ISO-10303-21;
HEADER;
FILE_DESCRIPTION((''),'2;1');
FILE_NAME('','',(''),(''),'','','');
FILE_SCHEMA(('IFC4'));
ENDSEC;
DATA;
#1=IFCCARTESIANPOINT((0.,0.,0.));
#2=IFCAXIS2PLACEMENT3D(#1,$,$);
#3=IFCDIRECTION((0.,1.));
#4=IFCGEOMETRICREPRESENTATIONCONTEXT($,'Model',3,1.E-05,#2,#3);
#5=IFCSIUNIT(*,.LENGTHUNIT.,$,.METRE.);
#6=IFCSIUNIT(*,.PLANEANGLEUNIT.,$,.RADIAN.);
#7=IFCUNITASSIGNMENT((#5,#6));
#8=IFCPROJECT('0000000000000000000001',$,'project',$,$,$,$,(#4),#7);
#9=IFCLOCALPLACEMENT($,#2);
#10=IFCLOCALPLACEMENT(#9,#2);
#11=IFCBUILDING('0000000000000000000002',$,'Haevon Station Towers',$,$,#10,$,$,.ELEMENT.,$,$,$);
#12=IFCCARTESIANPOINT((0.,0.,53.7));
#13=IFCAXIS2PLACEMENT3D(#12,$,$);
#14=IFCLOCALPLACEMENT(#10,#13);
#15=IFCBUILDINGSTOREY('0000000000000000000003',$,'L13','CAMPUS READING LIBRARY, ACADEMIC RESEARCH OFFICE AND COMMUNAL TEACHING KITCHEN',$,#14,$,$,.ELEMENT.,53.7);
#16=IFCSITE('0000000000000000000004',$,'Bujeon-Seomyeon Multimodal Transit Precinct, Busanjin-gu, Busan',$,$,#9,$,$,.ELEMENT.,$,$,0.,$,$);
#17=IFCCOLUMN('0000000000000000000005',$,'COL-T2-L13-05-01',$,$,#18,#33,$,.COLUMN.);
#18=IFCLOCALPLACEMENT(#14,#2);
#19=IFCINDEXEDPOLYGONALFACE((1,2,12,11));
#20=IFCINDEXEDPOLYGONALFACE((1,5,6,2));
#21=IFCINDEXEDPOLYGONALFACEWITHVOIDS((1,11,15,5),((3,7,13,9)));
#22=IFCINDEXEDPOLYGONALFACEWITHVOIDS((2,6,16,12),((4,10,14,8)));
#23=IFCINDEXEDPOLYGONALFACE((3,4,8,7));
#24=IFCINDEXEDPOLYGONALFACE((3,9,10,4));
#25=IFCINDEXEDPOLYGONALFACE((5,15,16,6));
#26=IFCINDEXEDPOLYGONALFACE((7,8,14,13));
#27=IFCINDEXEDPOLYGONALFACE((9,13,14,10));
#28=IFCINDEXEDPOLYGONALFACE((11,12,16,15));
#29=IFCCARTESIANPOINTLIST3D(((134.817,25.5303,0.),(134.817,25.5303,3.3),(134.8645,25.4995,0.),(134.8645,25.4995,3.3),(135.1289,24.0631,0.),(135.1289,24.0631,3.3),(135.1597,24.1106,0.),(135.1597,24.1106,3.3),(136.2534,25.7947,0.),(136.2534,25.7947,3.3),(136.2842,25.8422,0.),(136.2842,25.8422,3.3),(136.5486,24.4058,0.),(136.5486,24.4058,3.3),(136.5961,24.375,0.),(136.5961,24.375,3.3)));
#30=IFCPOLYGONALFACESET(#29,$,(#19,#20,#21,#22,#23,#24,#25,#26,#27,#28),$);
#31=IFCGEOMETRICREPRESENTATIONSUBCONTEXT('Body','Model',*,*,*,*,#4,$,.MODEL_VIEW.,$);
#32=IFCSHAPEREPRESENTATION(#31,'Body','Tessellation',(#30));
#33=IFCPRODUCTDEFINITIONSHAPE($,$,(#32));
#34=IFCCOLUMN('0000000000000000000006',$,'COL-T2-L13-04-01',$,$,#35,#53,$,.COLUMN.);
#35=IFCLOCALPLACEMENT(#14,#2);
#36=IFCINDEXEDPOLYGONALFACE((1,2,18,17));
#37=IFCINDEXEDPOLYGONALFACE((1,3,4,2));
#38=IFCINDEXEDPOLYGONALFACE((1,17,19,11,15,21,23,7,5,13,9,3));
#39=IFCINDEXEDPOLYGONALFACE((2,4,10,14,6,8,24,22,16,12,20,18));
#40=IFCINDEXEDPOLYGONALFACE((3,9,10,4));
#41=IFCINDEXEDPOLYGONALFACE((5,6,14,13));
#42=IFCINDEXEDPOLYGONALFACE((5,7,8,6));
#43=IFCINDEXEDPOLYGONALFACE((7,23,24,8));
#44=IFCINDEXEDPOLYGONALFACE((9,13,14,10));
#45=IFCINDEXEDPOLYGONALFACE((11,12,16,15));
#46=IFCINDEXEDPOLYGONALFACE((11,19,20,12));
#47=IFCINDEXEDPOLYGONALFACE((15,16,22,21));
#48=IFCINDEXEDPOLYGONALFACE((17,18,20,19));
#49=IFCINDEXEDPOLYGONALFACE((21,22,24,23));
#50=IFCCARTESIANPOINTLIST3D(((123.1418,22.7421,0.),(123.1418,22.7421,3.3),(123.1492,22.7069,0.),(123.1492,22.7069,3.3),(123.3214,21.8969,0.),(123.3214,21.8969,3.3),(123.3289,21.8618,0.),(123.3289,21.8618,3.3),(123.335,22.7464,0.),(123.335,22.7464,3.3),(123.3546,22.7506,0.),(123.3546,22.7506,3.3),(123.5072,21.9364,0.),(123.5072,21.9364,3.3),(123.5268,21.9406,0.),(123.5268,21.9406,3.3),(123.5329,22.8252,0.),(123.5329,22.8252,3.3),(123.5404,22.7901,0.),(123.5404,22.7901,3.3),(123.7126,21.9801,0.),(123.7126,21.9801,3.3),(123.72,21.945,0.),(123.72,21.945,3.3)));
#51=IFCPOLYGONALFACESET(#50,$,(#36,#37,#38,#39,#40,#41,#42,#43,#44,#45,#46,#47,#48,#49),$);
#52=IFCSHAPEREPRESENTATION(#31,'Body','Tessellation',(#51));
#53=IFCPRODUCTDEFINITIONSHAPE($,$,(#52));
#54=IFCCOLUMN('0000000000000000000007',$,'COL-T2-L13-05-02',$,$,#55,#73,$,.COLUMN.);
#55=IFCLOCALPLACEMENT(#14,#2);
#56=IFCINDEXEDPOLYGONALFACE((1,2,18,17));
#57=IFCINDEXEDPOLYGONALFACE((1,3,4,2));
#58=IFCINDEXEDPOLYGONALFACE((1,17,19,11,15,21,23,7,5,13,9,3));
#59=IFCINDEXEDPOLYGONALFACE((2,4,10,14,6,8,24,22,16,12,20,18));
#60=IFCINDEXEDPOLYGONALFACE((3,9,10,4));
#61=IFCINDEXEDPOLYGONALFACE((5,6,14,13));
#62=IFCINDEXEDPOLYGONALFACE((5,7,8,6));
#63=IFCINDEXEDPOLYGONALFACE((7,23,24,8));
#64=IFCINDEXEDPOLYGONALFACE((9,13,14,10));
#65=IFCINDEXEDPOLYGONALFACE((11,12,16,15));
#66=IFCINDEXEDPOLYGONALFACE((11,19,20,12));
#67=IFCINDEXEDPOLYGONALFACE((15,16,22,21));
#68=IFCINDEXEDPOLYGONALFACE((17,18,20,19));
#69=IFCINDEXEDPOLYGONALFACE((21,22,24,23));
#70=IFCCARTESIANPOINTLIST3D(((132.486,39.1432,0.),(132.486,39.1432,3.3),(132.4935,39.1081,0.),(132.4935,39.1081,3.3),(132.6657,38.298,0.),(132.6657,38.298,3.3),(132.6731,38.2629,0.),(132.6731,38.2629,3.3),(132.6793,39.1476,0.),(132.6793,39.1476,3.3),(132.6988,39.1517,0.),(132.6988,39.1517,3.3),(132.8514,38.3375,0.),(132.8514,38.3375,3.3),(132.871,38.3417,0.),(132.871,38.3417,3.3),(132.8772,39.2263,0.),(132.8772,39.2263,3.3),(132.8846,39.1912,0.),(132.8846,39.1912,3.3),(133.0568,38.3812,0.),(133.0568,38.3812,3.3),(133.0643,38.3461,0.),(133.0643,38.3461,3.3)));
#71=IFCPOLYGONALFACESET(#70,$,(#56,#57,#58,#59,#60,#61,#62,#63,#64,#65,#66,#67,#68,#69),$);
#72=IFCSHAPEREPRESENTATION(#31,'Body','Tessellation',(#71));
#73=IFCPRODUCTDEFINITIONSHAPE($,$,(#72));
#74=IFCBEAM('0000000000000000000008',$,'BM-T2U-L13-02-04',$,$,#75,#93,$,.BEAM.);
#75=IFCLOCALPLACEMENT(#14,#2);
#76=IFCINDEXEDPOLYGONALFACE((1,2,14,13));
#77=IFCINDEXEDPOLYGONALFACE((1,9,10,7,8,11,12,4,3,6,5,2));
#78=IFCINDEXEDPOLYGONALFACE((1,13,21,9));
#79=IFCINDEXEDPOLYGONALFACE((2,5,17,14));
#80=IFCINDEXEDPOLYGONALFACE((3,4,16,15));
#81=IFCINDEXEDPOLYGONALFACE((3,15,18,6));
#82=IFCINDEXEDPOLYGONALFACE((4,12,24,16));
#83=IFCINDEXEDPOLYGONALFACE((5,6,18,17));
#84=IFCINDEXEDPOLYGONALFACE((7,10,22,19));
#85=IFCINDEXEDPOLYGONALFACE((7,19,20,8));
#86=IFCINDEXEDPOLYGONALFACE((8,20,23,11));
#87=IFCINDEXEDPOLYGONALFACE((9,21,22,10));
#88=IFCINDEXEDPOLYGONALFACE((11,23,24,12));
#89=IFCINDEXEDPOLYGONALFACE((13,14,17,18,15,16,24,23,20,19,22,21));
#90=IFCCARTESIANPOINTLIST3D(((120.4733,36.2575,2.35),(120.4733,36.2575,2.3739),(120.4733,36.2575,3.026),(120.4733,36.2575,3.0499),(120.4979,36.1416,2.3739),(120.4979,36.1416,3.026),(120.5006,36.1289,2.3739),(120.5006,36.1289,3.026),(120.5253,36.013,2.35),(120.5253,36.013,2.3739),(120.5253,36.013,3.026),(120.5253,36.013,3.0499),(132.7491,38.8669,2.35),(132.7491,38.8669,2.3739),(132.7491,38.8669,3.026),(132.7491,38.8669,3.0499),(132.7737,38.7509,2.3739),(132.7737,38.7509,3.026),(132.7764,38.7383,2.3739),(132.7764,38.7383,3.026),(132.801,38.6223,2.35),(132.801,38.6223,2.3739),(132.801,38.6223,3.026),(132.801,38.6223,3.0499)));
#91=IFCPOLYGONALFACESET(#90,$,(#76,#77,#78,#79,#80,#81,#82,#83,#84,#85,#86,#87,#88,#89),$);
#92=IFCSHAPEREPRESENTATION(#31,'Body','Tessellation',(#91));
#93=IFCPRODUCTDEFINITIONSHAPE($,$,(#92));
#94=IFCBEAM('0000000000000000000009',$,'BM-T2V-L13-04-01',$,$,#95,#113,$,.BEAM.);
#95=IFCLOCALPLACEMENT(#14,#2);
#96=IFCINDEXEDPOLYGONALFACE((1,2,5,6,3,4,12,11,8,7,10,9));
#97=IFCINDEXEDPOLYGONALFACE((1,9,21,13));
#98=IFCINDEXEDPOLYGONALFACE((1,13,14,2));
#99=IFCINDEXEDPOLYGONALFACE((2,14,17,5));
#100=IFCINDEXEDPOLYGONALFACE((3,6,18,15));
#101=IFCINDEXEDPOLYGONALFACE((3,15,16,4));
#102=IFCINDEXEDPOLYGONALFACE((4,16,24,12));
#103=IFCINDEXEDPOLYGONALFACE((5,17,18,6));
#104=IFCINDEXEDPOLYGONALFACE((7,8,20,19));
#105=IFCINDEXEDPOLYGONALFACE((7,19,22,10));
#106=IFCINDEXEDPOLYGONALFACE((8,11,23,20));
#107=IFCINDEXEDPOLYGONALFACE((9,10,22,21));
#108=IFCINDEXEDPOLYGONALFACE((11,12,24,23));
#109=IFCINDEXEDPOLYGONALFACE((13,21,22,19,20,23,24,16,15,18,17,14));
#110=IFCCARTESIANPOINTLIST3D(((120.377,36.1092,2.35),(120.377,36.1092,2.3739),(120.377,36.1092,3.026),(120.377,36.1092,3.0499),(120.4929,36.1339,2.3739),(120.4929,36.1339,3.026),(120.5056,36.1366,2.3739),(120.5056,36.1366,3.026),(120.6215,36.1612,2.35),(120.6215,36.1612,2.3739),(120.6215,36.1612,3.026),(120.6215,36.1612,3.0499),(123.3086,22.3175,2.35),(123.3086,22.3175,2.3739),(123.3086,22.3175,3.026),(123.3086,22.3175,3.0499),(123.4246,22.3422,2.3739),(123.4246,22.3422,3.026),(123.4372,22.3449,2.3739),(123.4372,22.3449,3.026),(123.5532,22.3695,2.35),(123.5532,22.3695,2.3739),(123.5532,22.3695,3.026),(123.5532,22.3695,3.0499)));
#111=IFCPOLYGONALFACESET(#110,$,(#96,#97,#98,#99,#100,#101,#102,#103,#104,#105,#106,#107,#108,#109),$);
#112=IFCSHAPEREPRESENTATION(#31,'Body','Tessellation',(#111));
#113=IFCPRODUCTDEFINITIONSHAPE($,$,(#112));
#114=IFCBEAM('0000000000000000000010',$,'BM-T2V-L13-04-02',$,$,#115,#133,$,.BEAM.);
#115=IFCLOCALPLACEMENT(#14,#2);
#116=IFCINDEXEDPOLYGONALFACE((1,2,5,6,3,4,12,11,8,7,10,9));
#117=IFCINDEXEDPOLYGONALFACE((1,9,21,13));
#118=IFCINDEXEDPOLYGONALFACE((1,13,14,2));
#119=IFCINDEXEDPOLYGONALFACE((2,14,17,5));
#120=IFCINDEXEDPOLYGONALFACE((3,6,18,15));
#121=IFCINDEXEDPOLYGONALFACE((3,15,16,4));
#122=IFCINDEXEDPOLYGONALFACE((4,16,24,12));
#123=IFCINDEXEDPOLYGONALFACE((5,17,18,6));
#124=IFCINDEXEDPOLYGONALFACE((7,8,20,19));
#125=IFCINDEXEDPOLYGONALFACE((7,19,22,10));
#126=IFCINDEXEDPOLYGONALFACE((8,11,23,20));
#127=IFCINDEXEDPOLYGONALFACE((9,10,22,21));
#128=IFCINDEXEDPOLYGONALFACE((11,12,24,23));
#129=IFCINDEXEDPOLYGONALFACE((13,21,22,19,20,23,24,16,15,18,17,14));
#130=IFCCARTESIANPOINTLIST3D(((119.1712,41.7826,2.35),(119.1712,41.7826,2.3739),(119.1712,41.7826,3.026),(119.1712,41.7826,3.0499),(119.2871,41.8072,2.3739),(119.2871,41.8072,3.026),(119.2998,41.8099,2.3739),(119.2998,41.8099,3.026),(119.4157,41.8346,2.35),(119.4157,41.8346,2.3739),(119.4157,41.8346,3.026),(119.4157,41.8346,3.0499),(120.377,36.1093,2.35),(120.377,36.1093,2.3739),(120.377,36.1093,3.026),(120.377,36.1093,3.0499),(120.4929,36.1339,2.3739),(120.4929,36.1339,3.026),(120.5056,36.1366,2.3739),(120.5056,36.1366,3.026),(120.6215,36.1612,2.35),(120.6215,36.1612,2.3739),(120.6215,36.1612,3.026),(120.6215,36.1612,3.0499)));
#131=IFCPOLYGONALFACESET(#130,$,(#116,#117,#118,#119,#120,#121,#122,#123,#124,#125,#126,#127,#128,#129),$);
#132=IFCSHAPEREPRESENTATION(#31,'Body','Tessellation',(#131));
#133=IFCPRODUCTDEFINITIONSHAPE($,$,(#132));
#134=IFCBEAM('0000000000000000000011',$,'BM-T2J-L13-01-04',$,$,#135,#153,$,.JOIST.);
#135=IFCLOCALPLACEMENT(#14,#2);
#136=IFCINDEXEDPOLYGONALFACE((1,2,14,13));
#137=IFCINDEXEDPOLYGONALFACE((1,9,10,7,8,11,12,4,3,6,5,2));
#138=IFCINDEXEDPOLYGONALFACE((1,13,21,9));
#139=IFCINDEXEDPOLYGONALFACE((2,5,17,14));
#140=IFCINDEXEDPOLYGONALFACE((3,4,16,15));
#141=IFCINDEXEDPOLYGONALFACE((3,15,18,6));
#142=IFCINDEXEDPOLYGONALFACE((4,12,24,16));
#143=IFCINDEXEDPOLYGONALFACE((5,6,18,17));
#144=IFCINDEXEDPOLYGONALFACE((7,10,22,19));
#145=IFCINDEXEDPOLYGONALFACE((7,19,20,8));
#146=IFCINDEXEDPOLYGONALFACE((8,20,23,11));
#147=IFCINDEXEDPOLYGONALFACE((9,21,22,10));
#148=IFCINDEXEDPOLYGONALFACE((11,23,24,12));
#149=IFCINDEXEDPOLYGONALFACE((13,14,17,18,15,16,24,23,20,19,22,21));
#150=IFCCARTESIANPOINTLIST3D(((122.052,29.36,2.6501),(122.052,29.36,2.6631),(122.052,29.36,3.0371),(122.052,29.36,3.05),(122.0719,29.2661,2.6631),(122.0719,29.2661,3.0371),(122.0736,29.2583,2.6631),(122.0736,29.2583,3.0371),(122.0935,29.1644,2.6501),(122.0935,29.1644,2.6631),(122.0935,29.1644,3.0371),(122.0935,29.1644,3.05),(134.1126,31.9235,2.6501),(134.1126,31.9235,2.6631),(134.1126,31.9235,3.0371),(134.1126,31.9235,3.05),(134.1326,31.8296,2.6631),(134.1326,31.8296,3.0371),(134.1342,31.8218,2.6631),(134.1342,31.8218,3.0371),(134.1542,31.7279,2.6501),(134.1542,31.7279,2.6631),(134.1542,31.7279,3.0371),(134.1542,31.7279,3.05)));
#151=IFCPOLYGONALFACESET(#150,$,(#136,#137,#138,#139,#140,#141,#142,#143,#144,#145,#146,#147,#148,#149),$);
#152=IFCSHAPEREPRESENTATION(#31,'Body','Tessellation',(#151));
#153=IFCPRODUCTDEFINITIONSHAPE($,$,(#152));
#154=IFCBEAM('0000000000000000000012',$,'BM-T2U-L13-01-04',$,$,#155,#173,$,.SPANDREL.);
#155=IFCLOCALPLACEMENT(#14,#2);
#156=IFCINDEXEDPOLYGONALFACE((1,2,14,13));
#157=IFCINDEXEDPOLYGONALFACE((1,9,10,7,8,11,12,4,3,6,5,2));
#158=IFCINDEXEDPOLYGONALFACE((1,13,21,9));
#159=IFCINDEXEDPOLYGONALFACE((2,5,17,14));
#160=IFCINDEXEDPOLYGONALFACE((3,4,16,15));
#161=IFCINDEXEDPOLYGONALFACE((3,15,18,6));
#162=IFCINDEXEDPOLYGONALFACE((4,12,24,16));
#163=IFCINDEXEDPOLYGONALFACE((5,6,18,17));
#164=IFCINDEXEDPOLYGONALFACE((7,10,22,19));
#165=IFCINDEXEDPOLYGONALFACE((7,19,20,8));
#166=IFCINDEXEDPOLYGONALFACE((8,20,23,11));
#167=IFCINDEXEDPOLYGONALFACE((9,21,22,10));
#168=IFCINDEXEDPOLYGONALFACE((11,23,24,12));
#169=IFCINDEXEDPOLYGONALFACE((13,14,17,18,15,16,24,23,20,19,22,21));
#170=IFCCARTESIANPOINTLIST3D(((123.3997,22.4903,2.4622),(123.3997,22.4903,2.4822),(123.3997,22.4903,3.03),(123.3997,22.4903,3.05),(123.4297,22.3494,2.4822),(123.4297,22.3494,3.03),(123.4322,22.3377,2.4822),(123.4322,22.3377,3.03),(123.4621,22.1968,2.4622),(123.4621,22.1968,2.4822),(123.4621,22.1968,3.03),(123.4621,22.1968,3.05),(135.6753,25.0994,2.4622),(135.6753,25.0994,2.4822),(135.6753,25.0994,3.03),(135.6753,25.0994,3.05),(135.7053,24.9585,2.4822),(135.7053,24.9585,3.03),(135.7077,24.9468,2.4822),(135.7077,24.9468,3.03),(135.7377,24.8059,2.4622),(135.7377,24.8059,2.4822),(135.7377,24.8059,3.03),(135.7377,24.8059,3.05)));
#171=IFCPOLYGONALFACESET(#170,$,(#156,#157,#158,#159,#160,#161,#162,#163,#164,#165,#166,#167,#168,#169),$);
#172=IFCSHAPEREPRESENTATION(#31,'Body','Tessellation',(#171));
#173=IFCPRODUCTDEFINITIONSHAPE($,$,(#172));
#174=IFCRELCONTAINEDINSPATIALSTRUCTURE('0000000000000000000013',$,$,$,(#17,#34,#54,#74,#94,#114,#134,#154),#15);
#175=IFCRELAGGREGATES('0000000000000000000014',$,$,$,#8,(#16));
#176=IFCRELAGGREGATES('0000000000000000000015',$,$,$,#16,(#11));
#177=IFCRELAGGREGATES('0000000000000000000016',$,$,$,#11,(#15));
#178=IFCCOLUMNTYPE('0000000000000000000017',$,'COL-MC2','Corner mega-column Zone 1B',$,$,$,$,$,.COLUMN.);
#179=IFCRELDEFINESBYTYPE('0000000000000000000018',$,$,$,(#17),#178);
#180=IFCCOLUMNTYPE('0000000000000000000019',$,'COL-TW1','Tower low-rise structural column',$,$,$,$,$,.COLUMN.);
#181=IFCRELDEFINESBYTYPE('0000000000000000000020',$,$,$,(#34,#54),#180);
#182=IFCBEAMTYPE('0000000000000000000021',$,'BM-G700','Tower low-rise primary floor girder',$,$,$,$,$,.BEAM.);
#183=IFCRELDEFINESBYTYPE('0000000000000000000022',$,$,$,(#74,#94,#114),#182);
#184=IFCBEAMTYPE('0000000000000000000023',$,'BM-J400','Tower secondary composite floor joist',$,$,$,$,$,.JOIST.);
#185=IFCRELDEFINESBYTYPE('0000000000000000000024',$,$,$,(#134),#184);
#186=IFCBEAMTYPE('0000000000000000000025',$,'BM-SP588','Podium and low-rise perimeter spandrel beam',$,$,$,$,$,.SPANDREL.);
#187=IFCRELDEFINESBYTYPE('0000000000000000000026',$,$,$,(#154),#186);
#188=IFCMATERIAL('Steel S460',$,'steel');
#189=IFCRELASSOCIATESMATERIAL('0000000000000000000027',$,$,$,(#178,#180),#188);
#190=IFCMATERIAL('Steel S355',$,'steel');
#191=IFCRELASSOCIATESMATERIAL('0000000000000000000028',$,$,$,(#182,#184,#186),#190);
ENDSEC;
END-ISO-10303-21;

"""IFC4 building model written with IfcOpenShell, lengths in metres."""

from ifc_helpers import new_model, si_unit, direction, frame, origin, origin_2d, place, context, subcontext, project, spatial, hollow_rectangle, i_section, extrude, material, material_profile, profile_set, type_object, element, save


model = new_model("IFC4")

# Units and contexts
model_context = context("Model", 3, precision=1e-05, world=origin(), true_north=direction((0.0, 1.0)))
body_context = subcontext(model_context, "Body", "Model", "MODEL_VIEW")
ifc_project = project(units=[si_unit("LENGTHUNIT", "METRE"), si_unit("PLANEANGLEUNIT", "RADIAN")], contexts=[model_context])

# Site, building, storey
site_placement = place(None, origin())
site = spatial("IfcSite", under=ifc_project, at=site_placement, Name="Bujeon-Seomyeon Multimodal Transit Precinct, Busanjin-gu, Busan", CompositionType="ELEMENT", RefElevation=0.0)
building_placement = place(site_placement, origin())
building = spatial("IfcBuilding", under=site, at=building_placement, Name="Haevon Station Towers", CompositionType="ELEMENT")
storey_placement = place(building_placement, frame((0.0, 0.0, 53.7)))
storey = spatial("IfcBuildingStorey", under=building, at=storey_placement, Name="L13", Description="CAMPUS READING LIBRARY, ACADEMIC RESEARCH OFFICE AND COMMUNAL TEACHING KITCHEN", CompositionType="ELEMENT", Elevation=53.7)

# Columns
ifc_material_1 = material(Name="Steel S460", Category="steel")
ifc_material_profile_1 = material_profile(ifc_material_1, hollow_rectangle(XDim=1.5, YDim=1.5, WallThickness=0.04, at=origin_2d()), Name="BOX-1500x1500x40")
ifc_profile_set_1 = profile_set([ifc_material_profile_1], Name="Steel S460")
column_type_1 = type_object("IfcColumnType", Name="COL-MC2", Description="Corner mega-column Zone 1B", PredefinedType="COLUMN", material=ifc_profile_set_1)
column_placement = place(storey_placement, frame((135.7065, 24.9526, 0.0), z_axis=(0.0, 0.0, 1.0), x_axis=(0.978148, 0.207912, 0.0)))
element("IfcColumn", 1, at=column_placement, inside=storey, type_object=column_type_1, Name="COL-T2-L13-05-01", PredefinedType="COLUMN", context=body_context, shape_type="SweptSolid", body=[
    extrude(hollow_rectangle(XDim=1.5, YDim=1.5, WallThickness=0.04, at=origin_2d()), origin(), (0.0, 0.0, 1.0), 3.3),
])
ifc_material_profile_2 = material_profile(ifc_material_1, i_section(OverallWidth=0.3999, OverallDepth=0.8999, WebThickness=0.02, FlangeThickness=0.0359, at=origin_2d()), Name="H-900x400x20x36")
ifc_profile_set_2 = profile_set([ifc_material_profile_2], Name="Steel S460")
column_type_2 = type_object("IfcColumnType", Name="COL-TW1", Description="Tower low-rise structural column", PredefinedType="COLUMN", material=ifc_profile_set_2)
for number, where, z_axis, x_axis, name in (
    (2, (123.4309, 22.3435, 0.0), (0.0, 0.0, 1.0), (0.978148, 0.207912, 0.0), "COL-T2-L13-04-01"),
    (3, (132.7751, 38.7446, 0.0), (0.0, 0.0, 1.0), (0.978148, 0.207912, 0.0), "COL-T2-L13-05-02"),
):
    element("IfcColumn", number, at=place(storey_placement, frame(where, z_axis=z_axis, x_axis=x_axis)), inside=storey, type_object=column_type_2, Name=name, PredefinedType="COLUMN", context=body_context, shape_type="SweptSolid", body=[
        extrude(i_section(OverallWidth=0.3999, OverallDepth=0.8999, WebThickness=0.02, FlangeThickness=0.0359, at=origin_2d()), origin(), (0.0, 0.0, 1.0), 3.3),
    ])

# Beams
ifc_material_2 = material(Name="Steel S355", Category="steel")
ifc_material_profile_3 = material_profile(ifc_material_2, i_section(OverallWidth=0.25, OverallDepth=0.7, WebThickness=0.0129, FlangeThickness=0.0239, at=origin_2d()), Name="H-700x250x13x24")
ifc_profile_set_3 = profile_set([ifc_material_profile_3], Name="Steel S355")
beam_type_1 = type_object("IfcBeamType", Name="BM-G700", Description="Tower low-rise primary floor girder", PredefinedType="BEAM", material=ifc_profile_set_3)
beam_1_placement = place(storey_placement, frame((120.4993, 36.1353, 2.7), z_axis=(0.978147, 0.207916, 0.0), x_axis=(-0.207916, 0.978147, 0.0)))
element("IfcBeam", 4, at=beam_1_placement, inside=storey, type_object=beam_type_1, Name="BM-T2U-L13-02-04", PredefinedType="BEAM", context=body_context, shape_type="SweptSolid", body=[
    extrude(i_section(OverallWidth=0.25, OverallDepth=0.7, WebThickness=0.0129, FlangeThickness=0.0239, at=origin_2d()), origin(), (0.0, 0.0, 1.0), 12.55),
])
beam_2_placement = place(storey_placement, frame((123.4309, 22.3435, 2.7), z_axis=(-0.207919, 0.978146, 0.0), x_axis=(-0.978146, -0.207919, 0.0)))
element("IfcBeam", 5, at=beam_2_placement, inside=storey, type_object=beam_type_1, Name="BM-T2V-L13-04-01", PredefinedType="BEAM", context=body_context, shape_type="SweptSolid", body=[
    extrude(i_section(OverallWidth=0.25, OverallDepth=0.7, WebThickness=0.0129, FlangeThickness=0.0239, at=origin_2d()), origin(), (0.0, 0.0, 1.0), 14.0999),
])
beam_3_placement = place(storey_placement, frame((120.4993, 36.1353, 2.7), z_axis=(-0.207896, 0.978151, 0.0), x_axis=(-0.978151, -0.207896, 0.0)))
element("IfcBeam", 6, at=beam_3_placement, inside=storey, type_object=beam_type_1, Name="BM-T2V-L13-04-02", PredefinedType="BEAM", context=body_context, shape_type="SweptSolid", body=[
    extrude(i_section(OverallWidth=0.25, OverallDepth=0.7, WebThickness=0.0129, FlangeThickness=0.0239, at=origin_2d()), origin(), (0.0, 0.0, 1.0), 5.8),
])
ifc_material_profile_4 = material_profile(ifc_material_2, i_section(OverallWidth=0.2, OverallDepth=0.3999, WebThickness=0.0081, FlangeThickness=0.0129, at=origin_2d()), Name="H-400x200x8x13")
ifc_profile_set_4 = profile_set([ifc_material_profile_4], Name="Steel S355")
beam_type_2 = type_object("IfcBeamType", Name="BM-J400", Description="Tower secondary composite floor joist", PredefinedType="JOIST", material=ifc_profile_set_4)
beam_4_placement = place(storey_placement, frame((122.0728, 29.2622, 2.8501), z_axis=(0.978149, 0.207906, 0.0), x_axis=(-0.207906, 0.978149, 0.0)))
element("IfcBeam", 7, at=beam_4_placement, inside=storey, type_object=beam_type_2, Name="BM-T2J-L13-01-04", PredefinedType="JOIST", context=body_context, shape_type="SweptSolid", body=[
    extrude(i_section(OverallWidth=0.2, OverallDepth=0.3999, WebThickness=0.0081, FlangeThickness=0.0129, at=origin_2d()), origin(), (0.0, 0.0, 1.0), 12.3301),
])
ifc_material_profile_5 = material_profile(ifc_material_2, i_section(OverallWidth=0.3, OverallDepth=0.5879, WebThickness=0.012, FlangeThickness=0.02, at=origin_2d()), Name="H-588x300x12x20")
ifc_profile_set_5 = profile_set([ifc_material_profile_5], Name="Steel S355")
beam_type_3 = type_object("IfcBeamType", Name="BM-SP588", Description="Podium and low-rise perimeter spandrel beam", PredefinedType="SPANDREL", material=ifc_profile_set_5)
beam_5_placement = place(storey_placement, frame((123.4309, 22.3435, 2.7561), z_axis=(0.97815, 0.207901, 0.0), x_axis=(-0.207901, 0.97815, 0.0)))
element("IfcBeam", 8, at=beam_5_placement, inside=storey, type_object=beam_type_3, Name="BM-T2U-L13-01-04", PredefinedType="SPANDREL", context=body_context, shape_type="SweptSolid", body=[
    extrude(i_section(OverallWidth=0.3, OverallDepth=0.5879, WebThickness=0.012, FlangeThickness=0.02, at=origin_2d()), origin(), (0.0, 0.0, 1.0), 12.5498),
])

save(model, "model.ifc")
